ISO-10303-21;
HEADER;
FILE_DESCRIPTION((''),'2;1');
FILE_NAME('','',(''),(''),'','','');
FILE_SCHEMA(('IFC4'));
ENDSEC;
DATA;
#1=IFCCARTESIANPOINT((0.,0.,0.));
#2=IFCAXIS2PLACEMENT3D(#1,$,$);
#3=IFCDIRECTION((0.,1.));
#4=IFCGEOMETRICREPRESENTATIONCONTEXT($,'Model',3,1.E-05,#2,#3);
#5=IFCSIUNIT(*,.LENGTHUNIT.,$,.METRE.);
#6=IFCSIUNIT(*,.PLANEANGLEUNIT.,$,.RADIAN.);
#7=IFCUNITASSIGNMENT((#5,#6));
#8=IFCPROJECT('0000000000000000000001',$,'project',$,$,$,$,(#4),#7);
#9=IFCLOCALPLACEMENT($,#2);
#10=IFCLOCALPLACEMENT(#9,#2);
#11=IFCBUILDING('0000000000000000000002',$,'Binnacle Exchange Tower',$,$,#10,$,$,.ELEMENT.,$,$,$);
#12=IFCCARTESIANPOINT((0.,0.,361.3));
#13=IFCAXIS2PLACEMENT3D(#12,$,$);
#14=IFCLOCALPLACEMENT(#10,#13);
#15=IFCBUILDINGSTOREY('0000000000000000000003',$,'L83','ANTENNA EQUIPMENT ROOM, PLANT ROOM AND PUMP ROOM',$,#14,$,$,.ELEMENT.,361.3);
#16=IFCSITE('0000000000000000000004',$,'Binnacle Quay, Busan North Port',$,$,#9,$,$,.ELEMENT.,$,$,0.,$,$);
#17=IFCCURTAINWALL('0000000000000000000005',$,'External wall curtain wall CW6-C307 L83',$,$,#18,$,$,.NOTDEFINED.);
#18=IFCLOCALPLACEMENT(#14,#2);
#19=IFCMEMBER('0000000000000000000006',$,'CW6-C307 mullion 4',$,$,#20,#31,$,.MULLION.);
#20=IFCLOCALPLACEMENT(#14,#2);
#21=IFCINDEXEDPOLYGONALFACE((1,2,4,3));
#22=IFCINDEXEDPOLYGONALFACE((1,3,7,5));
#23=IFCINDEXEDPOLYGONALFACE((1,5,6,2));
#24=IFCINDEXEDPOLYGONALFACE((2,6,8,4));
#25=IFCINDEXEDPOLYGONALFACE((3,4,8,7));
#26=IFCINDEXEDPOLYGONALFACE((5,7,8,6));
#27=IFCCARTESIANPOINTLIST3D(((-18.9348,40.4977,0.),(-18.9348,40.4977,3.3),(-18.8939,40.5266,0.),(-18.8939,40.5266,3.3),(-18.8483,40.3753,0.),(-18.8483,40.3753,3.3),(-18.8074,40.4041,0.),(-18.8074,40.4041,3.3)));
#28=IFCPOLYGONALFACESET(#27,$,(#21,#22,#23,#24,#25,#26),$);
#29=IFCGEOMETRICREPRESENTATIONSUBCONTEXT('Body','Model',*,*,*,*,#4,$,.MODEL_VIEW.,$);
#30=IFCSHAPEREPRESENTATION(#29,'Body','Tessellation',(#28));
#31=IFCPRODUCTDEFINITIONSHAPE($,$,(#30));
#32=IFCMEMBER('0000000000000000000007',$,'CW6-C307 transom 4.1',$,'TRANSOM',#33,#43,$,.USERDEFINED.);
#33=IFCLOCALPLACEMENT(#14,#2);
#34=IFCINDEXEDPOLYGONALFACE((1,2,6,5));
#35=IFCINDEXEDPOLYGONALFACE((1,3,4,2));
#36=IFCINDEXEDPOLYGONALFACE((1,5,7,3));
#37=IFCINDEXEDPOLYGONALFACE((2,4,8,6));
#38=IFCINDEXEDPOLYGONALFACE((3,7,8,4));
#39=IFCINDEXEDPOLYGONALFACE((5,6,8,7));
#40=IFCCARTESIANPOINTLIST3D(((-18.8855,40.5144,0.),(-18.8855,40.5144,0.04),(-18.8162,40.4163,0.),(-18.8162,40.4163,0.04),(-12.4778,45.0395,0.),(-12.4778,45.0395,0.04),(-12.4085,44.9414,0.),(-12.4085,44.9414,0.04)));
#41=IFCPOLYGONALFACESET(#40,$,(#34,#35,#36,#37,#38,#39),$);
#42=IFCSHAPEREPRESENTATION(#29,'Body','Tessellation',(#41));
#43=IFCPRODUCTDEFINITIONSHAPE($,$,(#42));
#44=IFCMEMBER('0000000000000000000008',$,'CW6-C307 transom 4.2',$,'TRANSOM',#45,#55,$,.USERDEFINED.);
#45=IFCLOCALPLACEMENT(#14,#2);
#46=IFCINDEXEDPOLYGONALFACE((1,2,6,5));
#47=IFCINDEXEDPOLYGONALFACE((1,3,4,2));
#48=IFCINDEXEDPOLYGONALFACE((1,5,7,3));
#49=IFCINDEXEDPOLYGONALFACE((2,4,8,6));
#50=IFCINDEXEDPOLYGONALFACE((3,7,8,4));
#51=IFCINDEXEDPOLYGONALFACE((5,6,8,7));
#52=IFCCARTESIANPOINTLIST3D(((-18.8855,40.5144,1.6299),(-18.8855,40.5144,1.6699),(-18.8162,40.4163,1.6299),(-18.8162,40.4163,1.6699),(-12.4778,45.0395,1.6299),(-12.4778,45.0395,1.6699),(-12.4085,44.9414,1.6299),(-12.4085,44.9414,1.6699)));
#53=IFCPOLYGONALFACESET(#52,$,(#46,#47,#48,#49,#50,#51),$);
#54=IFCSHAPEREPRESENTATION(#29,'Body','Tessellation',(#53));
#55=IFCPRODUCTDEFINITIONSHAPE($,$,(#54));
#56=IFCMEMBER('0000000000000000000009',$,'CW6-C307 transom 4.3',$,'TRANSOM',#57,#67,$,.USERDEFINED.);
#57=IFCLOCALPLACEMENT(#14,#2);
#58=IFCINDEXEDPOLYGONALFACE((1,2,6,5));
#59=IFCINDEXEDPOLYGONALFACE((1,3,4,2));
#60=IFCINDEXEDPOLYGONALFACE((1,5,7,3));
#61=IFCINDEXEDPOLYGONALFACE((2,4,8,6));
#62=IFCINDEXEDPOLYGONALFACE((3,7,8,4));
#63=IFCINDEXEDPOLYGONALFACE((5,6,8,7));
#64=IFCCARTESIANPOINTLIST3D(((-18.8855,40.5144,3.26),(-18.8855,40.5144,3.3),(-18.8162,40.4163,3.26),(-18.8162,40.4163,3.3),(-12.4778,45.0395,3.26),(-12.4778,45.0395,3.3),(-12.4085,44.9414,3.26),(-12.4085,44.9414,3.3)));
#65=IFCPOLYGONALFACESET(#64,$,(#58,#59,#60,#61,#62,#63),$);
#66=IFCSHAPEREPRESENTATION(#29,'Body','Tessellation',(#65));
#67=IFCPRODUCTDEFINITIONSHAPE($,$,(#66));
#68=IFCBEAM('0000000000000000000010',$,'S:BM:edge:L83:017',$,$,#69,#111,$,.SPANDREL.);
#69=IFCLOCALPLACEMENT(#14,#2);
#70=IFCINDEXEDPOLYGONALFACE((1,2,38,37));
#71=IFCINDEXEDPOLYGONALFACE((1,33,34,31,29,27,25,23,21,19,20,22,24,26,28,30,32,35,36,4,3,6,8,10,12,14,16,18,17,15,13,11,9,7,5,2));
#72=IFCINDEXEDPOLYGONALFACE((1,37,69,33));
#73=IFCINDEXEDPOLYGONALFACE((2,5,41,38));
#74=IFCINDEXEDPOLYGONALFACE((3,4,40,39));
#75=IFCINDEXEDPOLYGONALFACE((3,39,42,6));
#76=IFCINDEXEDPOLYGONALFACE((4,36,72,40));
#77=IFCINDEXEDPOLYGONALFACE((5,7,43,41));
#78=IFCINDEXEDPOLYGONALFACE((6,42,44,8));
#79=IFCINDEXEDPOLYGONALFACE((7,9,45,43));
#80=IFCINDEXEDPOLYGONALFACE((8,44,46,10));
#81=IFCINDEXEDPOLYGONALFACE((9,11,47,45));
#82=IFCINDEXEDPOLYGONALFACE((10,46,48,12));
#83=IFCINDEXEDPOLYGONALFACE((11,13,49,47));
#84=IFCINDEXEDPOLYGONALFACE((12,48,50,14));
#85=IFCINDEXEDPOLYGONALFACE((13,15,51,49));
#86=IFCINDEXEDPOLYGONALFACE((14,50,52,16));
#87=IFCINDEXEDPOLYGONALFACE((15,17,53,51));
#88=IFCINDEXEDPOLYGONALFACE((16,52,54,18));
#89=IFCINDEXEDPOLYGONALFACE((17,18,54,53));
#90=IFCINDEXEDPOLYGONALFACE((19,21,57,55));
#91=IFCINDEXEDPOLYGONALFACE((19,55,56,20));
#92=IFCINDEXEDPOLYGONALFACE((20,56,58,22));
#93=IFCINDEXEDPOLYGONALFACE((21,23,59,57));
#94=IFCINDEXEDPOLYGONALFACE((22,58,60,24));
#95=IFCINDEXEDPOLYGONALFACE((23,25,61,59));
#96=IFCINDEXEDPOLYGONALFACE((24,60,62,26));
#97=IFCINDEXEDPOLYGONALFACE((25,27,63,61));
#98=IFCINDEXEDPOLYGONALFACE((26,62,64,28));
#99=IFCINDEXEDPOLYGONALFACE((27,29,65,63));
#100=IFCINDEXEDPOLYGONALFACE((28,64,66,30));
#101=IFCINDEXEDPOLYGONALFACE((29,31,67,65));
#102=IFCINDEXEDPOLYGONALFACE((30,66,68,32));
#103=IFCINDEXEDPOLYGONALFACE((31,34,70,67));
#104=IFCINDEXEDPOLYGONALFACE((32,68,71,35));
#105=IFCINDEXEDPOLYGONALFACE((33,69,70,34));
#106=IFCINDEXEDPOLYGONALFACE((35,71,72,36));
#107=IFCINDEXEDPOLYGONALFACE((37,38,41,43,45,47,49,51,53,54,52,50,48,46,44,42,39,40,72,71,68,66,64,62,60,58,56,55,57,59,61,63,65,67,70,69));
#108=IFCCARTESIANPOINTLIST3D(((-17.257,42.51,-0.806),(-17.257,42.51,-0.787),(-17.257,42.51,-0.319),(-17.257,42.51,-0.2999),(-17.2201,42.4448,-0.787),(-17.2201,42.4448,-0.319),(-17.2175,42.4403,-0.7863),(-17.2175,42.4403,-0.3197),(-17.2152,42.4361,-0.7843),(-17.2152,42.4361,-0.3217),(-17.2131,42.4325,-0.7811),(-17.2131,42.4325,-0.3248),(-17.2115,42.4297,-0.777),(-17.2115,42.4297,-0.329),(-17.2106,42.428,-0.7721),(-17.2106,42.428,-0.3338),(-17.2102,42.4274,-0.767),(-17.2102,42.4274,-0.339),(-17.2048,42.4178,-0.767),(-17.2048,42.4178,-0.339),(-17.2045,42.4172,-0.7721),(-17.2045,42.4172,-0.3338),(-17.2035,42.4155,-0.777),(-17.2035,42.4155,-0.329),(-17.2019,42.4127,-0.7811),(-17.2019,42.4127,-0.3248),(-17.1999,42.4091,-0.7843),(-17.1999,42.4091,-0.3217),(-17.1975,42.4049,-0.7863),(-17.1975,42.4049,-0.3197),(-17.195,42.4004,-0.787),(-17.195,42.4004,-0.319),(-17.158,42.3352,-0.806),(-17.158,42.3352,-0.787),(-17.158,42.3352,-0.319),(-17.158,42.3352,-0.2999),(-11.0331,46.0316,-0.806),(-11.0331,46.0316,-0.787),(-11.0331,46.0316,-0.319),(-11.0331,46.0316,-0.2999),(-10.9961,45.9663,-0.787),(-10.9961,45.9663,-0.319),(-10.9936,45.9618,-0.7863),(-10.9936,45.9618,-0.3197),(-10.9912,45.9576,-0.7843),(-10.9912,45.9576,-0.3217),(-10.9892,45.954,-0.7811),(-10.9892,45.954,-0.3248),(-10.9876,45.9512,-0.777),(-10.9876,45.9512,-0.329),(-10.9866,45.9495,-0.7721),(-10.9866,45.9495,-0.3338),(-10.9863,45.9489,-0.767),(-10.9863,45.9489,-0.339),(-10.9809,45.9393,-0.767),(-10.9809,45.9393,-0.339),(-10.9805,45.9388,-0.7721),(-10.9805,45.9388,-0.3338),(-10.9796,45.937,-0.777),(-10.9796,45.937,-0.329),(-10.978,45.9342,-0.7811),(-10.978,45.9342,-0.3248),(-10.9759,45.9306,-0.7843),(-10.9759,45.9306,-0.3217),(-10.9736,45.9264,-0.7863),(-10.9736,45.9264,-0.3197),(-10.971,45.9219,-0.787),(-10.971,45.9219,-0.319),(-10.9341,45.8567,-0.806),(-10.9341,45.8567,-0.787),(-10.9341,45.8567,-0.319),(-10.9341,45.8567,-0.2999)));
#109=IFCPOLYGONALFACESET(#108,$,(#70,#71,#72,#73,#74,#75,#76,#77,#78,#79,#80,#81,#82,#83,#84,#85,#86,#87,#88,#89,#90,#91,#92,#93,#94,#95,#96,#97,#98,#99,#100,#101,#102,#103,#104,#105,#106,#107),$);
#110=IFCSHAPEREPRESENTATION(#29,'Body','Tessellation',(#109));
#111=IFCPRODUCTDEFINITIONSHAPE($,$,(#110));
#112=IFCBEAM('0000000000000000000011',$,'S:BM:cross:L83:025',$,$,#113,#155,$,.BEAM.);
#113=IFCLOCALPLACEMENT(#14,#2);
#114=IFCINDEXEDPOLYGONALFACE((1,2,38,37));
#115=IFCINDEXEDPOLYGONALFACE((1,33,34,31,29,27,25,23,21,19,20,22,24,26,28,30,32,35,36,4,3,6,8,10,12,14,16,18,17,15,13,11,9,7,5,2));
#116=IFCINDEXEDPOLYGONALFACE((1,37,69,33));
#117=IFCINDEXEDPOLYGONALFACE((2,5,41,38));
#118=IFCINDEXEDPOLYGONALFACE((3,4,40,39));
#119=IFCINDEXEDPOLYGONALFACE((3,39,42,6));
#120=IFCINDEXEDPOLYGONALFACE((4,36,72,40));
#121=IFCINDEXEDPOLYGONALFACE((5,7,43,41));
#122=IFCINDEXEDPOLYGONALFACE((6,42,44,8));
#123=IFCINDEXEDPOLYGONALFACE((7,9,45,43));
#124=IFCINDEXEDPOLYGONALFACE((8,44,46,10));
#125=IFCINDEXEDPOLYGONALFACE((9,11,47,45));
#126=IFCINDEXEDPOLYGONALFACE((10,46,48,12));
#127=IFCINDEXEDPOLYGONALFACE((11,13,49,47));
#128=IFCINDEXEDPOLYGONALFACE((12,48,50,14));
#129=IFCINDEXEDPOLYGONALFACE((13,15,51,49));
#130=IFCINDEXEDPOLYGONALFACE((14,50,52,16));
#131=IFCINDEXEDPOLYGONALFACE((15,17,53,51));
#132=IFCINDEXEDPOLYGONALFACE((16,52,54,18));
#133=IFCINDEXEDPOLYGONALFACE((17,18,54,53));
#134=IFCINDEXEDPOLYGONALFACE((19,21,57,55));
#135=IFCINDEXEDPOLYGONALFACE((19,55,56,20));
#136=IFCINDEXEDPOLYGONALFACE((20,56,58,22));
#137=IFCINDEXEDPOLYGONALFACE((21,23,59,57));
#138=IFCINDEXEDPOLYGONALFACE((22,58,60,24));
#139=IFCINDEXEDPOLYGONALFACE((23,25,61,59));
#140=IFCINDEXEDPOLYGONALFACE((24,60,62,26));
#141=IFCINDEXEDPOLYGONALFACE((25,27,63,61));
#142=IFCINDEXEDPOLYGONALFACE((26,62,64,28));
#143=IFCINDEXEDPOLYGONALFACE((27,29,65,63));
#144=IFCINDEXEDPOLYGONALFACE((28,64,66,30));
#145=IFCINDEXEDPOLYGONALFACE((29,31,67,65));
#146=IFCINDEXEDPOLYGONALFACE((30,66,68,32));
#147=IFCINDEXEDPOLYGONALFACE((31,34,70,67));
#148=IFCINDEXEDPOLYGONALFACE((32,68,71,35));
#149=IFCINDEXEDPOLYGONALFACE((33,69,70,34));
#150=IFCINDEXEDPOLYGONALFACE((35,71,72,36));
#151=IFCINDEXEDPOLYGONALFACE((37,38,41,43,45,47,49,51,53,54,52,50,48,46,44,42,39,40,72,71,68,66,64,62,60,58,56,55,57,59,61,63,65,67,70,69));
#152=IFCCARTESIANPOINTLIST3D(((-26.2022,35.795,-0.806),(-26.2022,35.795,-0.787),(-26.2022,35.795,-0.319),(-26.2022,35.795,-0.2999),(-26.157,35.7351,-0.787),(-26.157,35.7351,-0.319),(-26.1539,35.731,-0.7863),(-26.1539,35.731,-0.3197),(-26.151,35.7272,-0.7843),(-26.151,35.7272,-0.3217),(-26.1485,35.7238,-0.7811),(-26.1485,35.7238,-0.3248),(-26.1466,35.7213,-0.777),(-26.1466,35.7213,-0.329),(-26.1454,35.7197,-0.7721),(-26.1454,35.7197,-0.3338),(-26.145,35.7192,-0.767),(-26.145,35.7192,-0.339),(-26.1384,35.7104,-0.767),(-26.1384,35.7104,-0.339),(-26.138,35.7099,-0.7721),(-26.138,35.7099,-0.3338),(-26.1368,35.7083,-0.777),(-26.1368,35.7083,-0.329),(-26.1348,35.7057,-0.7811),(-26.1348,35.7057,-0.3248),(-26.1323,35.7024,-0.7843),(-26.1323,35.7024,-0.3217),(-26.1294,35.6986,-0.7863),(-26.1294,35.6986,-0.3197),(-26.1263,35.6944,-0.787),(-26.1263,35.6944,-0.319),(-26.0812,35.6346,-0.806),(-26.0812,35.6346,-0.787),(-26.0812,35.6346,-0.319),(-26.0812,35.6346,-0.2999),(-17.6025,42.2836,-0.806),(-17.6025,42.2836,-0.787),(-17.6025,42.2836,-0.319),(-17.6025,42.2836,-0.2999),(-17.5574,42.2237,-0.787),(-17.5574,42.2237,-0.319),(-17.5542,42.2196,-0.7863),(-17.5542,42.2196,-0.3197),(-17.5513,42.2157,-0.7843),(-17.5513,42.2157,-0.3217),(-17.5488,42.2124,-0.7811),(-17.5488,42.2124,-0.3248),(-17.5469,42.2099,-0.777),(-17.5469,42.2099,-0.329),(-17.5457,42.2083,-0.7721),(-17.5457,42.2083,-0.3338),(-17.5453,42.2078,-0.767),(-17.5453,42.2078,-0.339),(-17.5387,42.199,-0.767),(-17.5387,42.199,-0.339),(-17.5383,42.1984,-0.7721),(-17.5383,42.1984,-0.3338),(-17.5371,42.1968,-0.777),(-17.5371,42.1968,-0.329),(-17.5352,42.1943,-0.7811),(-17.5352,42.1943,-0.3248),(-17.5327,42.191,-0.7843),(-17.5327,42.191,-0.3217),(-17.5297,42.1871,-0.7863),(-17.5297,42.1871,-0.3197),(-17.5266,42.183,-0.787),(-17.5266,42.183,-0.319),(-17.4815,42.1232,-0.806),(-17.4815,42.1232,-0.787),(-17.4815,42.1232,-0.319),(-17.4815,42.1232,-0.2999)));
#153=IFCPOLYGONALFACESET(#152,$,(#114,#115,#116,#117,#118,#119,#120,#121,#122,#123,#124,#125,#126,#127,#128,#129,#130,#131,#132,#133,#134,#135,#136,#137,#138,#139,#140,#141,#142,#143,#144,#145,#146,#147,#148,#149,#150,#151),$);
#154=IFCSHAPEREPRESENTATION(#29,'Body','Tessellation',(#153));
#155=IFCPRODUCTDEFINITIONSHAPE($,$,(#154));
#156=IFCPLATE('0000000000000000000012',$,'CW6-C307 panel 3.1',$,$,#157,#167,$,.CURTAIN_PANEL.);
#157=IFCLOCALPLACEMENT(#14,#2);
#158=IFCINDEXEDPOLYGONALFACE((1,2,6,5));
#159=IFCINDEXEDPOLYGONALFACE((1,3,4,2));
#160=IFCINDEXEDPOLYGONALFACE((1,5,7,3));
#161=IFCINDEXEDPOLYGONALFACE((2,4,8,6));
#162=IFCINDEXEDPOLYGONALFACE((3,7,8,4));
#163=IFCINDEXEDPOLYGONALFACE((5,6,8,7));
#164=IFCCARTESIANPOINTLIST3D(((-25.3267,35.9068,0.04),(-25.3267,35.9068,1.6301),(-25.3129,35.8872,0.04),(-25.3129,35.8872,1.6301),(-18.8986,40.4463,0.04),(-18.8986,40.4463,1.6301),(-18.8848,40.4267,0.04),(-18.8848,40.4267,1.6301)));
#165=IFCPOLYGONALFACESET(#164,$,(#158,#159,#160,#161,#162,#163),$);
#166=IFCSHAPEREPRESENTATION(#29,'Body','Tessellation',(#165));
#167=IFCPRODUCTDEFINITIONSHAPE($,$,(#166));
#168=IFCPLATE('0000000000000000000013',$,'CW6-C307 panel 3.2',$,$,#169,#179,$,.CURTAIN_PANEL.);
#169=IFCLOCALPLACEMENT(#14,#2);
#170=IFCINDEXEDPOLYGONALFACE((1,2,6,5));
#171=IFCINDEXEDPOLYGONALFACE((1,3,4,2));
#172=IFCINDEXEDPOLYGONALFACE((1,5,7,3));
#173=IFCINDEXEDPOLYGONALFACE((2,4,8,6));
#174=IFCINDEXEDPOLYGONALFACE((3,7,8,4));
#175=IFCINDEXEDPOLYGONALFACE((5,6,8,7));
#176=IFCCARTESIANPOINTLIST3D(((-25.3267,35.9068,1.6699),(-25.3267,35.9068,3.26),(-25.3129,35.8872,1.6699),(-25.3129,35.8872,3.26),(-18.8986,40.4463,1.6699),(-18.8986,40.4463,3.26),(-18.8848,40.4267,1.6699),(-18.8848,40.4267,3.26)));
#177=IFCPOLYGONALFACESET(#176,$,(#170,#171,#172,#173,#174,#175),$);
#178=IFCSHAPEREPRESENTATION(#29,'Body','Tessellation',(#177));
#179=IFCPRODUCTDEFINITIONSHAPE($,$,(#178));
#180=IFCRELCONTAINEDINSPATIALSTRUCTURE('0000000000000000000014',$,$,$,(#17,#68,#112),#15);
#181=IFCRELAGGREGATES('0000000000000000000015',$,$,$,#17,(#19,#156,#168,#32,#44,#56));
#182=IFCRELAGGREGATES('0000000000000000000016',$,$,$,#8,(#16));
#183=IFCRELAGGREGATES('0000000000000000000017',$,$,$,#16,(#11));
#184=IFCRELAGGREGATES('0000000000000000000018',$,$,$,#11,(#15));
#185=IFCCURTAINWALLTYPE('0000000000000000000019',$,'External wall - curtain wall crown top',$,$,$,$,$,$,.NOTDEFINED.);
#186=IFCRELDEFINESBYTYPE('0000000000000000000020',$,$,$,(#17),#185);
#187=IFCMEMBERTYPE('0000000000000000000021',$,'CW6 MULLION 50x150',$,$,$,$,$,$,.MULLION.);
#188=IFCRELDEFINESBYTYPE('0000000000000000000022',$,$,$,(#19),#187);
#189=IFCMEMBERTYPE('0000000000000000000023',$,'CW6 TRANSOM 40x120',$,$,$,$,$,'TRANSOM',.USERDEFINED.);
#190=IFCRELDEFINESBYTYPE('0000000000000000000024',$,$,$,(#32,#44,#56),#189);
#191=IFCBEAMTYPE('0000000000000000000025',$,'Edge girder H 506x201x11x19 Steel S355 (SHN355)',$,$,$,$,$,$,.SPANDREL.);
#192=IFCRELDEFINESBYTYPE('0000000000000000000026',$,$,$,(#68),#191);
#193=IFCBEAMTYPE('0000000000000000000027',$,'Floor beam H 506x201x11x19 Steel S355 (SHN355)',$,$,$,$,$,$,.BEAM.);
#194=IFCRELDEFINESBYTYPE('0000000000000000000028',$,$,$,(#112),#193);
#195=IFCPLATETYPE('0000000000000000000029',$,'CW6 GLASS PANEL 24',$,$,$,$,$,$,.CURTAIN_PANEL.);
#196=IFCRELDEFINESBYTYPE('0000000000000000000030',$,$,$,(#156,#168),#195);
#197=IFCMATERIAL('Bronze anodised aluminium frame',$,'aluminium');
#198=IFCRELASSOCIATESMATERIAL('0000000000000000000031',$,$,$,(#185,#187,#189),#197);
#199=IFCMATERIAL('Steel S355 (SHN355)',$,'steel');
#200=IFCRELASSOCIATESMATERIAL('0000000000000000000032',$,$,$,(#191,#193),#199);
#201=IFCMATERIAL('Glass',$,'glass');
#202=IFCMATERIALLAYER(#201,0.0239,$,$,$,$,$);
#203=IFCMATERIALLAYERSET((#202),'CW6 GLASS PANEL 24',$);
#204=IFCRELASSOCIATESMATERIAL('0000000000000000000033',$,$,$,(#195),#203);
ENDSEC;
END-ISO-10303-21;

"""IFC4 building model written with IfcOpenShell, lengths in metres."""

from ifc_helpers import new_model, si_unit, direction, frame, origin, origin_2d, place, context, subcontext, project, spatial, rectangle, i_section, extrude, material, layer, layer_set, material_profile, profile_set, type_object, element, aggregate, save


model = new_model("IFC4")

# Units and contexts
model_context = context("Model", 3, precision=1e-05, world=origin(), true_north=direction((0.0, 1.0)))
body_context = subcontext(model_context, "Body", "Model", "MODEL_VIEW")
ifc_project = project(units=[si_unit("LENGTHUNIT", "METRE"), si_unit("PLANEANGLEUNIT", "RADIAN")], contexts=[model_context])

# Site, building, storey
site_placement = place(None, origin())
site = spatial("IfcSite", under=ifc_project, at=site_placement, Name="Binnacle Quay, Busan North Port", CompositionType="ELEMENT", RefElevation=0.0)
building_placement = place(site_placement, origin())
building = spatial("IfcBuilding", under=site, at=building_placement, Name="Binnacle Exchange Tower", CompositionType="ELEMENT")
storey_placement = place(building_placement, frame((0.0, 0.0, 361.3)))
storey = spatial("IfcBuildingStorey", under=building, at=storey_placement, Name="L83", Description="ANTENNA EQUIPMENT ROOM, PLANT ROOM AND PUMP ROOM", CompositionType="ELEMENT", Elevation=361.3)

# Curtain wall, members
ifc_material_1 = material(Name="Bronze anodised aluminium frame", Category="aluminium")
curtain_wall_type = type_object("IfcCurtainWallType", Name="External wall - curtain wall crown top", PredefinedType="NOTDEFINED", material=ifc_material_1)
curtain_wall_placement = place(storey_placement, origin())
curtain_wall = element("IfcCurtainWall", 1, at=curtain_wall_placement, inside=storey, type_object=curtain_wall_type, Name="External wall curtain wall CW6-C307 L83", PredefinedType="NOTDEFINED")
ifc_material_profile_1 = material_profile(ifc_material_1, rectangle(XDim=0.1499, YDim=0.05, at=origin_2d()), Name="AL 50x150")
ifc_profile_set_1 = profile_set([ifc_material_profile_1], Name="Bronze anodised aluminium frame")
member_type_1 = type_object("IfcMemberType", Name="CW6 MULLION 50x150", PredefinedType="MULLION", material=ifc_profile_set_1)
member_1_placement = place(storey_placement, frame((-18.8711, 40.4509, 0.0), z_axis=(0.0, 0.0, 1.0), x_axis=(-0.576854, 0.816847, 0.0)))
member_1 = element("IfcMember", 2, at=member_1_placement, type_object=member_type_1, Name="CW6-C307 mullion 4", PredefinedType="MULLION", context=body_context, shape_type="SweptSolid", body=[
    extrude(rectangle(XDim=0.1499, YDim=0.05, at=origin_2d()), origin(), (0.0, 0.0, 1.0), 3.3),
])
ifc_material_profile_2 = material_profile(ifc_material_1, rectangle(XDim=0.1201, YDim=0.04, at=origin_2d()), Name="AL 120x40")
ifc_profile_set_2 = profile_set([ifc_material_profile_2], Name="Bronze anodised aluminium frame")
member_type_2 = type_object("IfcMemberType", Name="CW6 TRANSOM 40x120", ElementType="TRANSOM", PredefinedType="USERDEFINED", material=ifc_profile_set_2)
member_2_placement = place(storey_placement, frame((-18.8508, 40.4653, 0.02), z_axis=(0.816845, 0.576858, 0.0), x_axis=(-0.576858, 0.816845, 0.0)))
member_2 = element("IfcMember", 3, at=member_2_placement, type_object=member_type_2, Name="CW6-C307 transom 4.1", ObjectType="TRANSOM", PredefinedType="USERDEFINED", context=body_context, shape_type="SweptSolid", body=[
    extrude(rectangle(XDim=0.1201, YDim=0.04, at=origin_2d()), origin(), (0.0, 0.0, 1.0), 7.8445),
])
member_3_placement = place(storey_placement, frame((-18.8508, 40.4653, 1.6499), z_axis=(0.816845, 0.576858, 0.0), x_axis=(-0.576858, 0.816845, 0.0)))
member_3 = element("IfcMember", 4, at=member_3_placement, type_object=member_type_2, Name="CW6-C307 transom 4.2", ObjectType="TRANSOM", PredefinedType="USERDEFINED", context=body_context, shape_type="SweptSolid", body=[
    extrude(rectangle(XDim=0.1201, YDim=0.04, at=origin_2d()), origin(), (0.0, 0.0, 1.0), 7.8445),
])
member_4_placement = place(storey_placement, frame((-18.8508, 40.4653, 3.28), z_axis=(0.816845, 0.576858, 0.0), x_axis=(-0.576858, 0.816845, 0.0)))
member_4 = element("IfcMember", 5, at=member_4_placement, type_object=member_type_2, Name="CW6-C307 transom 4.3", ObjectType="TRANSOM", PredefinedType="USERDEFINED", context=body_context, shape_type="SweptSolid", body=[
    extrude(rectangle(XDim=0.1201, YDim=0.04, at=origin_2d()), origin(), (0.0, 0.0, 1.0), 7.8445),
])

# Beams
ifc_material_2 = material(Name="Steel S355 (SHN355)", Category="steel")
ifc_material_profile_3 = material_profile(ifc_material_2, i_section(OverallWidth=0.2009, OverallDepth=0.5061, WebThickness=0.011, FlangeThickness=0.019, FilletRadius=0.02, at=origin_2d()), Name="H 506x201x11x19")
ifc_profile_set_3 = profile_set([ifc_material_profile_3], Name="Steel S355 (SHN355)")
beam_type_1 = type_object("IfcBeamType", Name="Edge girder H 506x201x11x19 Steel S355 (SHN355)", PredefinedType="SPANDREL", material=ifc_profile_set_3)
beam_1_placement = place(storey_placement, frame((-17.2075, 42.4226, -0.553), z_axis=(0.870345, 0.492443, 0.0), x_axis=(-0.492443, 0.870345, 0.0)))
element("IfcBeam", 6, at=beam_1_placement, inside=storey, type_object=beam_type_1, Name="S:BM:edge:L83:017", PredefinedType="SPANDREL", context=body_context, shape_type="SweptSolid", body=[
    extrude(i_section(OverallWidth=0.2009, OverallDepth=0.5061, WebThickness=0.011, FlangeThickness=0.019, FilletRadius=0.02, at=origin_2d()), origin(), (0.0, 0.0, 1.0), 7.1511),
])
ifc_material_profile_4 = material_profile(ifc_material_2, i_section(OverallWidth=0.2009, OverallDepth=0.5061, WebThickness=0.011, FlangeThickness=0.019, FilletRadius=0.02, at=origin_2d()), Name="H 506x201x11x19")
ifc_profile_set_4 = profile_set([ifc_material_profile_4], Name="Steel S355 (SHN355)")
beam_type_2 = type_object("IfcBeamType", Name="Floor beam H 506x201x11x19 Steel S355 (SHN355)", PredefinedType="BEAM", material=ifc_profile_set_4)
beam_2_placement = place(storey_placement, frame((-17.542, 42.2034, -0.553), z_axis=(-0.798267, -0.602304, 0.0), x_axis=(0.602304, -0.798267, 0.0)))
element("IfcBeam", 7, at=beam_2_placement, inside=storey, type_object=beam_type_2, Name="S:BM:cross:L83:025", PredefinedType="BEAM", context=body_context, shape_type="SweptSolid", body=[
    extrude(i_section(OverallWidth=0.2009, OverallDepth=0.5061, WebThickness=0.011, FlangeThickness=0.019, FilletRadius=0.02, at=origin_2d()), origin(), (0.0, 0.0, 1.0), 10.7729),
])

# Plates
ifc_material_3 = material(Name="Glass", Category="glass")
ifc_layer_1 = layer(ifc_material_3, 0.0239)
ifc_layer_set_1 = layer_set([ifc_layer_1], Name="CW6 GLASS PANEL 24")
plate_type = type_object("IfcPlateType", Name="CW6 GLASS PANEL 24", PredefinedType="CURTAIN_PANEL", material=ifc_layer_set_1)
plate_1_placement = place(storey_placement, frame((-22.1057, 38.1667, 0.04), z_axis=(0.0, 0.0, 1.0), x_axis=(0.816847, 0.576854, 0.0)))
plate_1 = element("IfcPlate", 8, at=plate_1_placement, type_object=plate_type, Name="CW6-C307 panel 3.1", PredefinedType="CURTAIN_PANEL", context=body_context, shape_type="SweptSolid", body=[
    extrude(rectangle(XDim=7.8694, YDim=0.0239, at=origin_2d()), origin(), (0.0, 0.0, 1.0), 1.5901),
])
plate_2_placement = place(storey_placement, frame((-22.1057, 38.1667, 1.6699), z_axis=(0.0, 0.0, 1.0), x_axis=(0.816847, 0.576854, 0.0)))
plate_2 = element("IfcPlate", 9, at=plate_2_placement, type_object=plate_type, Name="CW6-C307 panel 3.2", PredefinedType="CURTAIN_PANEL", context=body_context, shape_type="SweptSolid", body=[
    extrude(rectangle(XDim=7.8694, YDim=0.0239, at=origin_2d()), origin(), (0.0, 0.0, 1.0), 1.5901),
])
aggregate(curtain_wall, [member_1, plate_1, plate_2, member_2, member_3, member_4])

save(model, "model.ifc")
